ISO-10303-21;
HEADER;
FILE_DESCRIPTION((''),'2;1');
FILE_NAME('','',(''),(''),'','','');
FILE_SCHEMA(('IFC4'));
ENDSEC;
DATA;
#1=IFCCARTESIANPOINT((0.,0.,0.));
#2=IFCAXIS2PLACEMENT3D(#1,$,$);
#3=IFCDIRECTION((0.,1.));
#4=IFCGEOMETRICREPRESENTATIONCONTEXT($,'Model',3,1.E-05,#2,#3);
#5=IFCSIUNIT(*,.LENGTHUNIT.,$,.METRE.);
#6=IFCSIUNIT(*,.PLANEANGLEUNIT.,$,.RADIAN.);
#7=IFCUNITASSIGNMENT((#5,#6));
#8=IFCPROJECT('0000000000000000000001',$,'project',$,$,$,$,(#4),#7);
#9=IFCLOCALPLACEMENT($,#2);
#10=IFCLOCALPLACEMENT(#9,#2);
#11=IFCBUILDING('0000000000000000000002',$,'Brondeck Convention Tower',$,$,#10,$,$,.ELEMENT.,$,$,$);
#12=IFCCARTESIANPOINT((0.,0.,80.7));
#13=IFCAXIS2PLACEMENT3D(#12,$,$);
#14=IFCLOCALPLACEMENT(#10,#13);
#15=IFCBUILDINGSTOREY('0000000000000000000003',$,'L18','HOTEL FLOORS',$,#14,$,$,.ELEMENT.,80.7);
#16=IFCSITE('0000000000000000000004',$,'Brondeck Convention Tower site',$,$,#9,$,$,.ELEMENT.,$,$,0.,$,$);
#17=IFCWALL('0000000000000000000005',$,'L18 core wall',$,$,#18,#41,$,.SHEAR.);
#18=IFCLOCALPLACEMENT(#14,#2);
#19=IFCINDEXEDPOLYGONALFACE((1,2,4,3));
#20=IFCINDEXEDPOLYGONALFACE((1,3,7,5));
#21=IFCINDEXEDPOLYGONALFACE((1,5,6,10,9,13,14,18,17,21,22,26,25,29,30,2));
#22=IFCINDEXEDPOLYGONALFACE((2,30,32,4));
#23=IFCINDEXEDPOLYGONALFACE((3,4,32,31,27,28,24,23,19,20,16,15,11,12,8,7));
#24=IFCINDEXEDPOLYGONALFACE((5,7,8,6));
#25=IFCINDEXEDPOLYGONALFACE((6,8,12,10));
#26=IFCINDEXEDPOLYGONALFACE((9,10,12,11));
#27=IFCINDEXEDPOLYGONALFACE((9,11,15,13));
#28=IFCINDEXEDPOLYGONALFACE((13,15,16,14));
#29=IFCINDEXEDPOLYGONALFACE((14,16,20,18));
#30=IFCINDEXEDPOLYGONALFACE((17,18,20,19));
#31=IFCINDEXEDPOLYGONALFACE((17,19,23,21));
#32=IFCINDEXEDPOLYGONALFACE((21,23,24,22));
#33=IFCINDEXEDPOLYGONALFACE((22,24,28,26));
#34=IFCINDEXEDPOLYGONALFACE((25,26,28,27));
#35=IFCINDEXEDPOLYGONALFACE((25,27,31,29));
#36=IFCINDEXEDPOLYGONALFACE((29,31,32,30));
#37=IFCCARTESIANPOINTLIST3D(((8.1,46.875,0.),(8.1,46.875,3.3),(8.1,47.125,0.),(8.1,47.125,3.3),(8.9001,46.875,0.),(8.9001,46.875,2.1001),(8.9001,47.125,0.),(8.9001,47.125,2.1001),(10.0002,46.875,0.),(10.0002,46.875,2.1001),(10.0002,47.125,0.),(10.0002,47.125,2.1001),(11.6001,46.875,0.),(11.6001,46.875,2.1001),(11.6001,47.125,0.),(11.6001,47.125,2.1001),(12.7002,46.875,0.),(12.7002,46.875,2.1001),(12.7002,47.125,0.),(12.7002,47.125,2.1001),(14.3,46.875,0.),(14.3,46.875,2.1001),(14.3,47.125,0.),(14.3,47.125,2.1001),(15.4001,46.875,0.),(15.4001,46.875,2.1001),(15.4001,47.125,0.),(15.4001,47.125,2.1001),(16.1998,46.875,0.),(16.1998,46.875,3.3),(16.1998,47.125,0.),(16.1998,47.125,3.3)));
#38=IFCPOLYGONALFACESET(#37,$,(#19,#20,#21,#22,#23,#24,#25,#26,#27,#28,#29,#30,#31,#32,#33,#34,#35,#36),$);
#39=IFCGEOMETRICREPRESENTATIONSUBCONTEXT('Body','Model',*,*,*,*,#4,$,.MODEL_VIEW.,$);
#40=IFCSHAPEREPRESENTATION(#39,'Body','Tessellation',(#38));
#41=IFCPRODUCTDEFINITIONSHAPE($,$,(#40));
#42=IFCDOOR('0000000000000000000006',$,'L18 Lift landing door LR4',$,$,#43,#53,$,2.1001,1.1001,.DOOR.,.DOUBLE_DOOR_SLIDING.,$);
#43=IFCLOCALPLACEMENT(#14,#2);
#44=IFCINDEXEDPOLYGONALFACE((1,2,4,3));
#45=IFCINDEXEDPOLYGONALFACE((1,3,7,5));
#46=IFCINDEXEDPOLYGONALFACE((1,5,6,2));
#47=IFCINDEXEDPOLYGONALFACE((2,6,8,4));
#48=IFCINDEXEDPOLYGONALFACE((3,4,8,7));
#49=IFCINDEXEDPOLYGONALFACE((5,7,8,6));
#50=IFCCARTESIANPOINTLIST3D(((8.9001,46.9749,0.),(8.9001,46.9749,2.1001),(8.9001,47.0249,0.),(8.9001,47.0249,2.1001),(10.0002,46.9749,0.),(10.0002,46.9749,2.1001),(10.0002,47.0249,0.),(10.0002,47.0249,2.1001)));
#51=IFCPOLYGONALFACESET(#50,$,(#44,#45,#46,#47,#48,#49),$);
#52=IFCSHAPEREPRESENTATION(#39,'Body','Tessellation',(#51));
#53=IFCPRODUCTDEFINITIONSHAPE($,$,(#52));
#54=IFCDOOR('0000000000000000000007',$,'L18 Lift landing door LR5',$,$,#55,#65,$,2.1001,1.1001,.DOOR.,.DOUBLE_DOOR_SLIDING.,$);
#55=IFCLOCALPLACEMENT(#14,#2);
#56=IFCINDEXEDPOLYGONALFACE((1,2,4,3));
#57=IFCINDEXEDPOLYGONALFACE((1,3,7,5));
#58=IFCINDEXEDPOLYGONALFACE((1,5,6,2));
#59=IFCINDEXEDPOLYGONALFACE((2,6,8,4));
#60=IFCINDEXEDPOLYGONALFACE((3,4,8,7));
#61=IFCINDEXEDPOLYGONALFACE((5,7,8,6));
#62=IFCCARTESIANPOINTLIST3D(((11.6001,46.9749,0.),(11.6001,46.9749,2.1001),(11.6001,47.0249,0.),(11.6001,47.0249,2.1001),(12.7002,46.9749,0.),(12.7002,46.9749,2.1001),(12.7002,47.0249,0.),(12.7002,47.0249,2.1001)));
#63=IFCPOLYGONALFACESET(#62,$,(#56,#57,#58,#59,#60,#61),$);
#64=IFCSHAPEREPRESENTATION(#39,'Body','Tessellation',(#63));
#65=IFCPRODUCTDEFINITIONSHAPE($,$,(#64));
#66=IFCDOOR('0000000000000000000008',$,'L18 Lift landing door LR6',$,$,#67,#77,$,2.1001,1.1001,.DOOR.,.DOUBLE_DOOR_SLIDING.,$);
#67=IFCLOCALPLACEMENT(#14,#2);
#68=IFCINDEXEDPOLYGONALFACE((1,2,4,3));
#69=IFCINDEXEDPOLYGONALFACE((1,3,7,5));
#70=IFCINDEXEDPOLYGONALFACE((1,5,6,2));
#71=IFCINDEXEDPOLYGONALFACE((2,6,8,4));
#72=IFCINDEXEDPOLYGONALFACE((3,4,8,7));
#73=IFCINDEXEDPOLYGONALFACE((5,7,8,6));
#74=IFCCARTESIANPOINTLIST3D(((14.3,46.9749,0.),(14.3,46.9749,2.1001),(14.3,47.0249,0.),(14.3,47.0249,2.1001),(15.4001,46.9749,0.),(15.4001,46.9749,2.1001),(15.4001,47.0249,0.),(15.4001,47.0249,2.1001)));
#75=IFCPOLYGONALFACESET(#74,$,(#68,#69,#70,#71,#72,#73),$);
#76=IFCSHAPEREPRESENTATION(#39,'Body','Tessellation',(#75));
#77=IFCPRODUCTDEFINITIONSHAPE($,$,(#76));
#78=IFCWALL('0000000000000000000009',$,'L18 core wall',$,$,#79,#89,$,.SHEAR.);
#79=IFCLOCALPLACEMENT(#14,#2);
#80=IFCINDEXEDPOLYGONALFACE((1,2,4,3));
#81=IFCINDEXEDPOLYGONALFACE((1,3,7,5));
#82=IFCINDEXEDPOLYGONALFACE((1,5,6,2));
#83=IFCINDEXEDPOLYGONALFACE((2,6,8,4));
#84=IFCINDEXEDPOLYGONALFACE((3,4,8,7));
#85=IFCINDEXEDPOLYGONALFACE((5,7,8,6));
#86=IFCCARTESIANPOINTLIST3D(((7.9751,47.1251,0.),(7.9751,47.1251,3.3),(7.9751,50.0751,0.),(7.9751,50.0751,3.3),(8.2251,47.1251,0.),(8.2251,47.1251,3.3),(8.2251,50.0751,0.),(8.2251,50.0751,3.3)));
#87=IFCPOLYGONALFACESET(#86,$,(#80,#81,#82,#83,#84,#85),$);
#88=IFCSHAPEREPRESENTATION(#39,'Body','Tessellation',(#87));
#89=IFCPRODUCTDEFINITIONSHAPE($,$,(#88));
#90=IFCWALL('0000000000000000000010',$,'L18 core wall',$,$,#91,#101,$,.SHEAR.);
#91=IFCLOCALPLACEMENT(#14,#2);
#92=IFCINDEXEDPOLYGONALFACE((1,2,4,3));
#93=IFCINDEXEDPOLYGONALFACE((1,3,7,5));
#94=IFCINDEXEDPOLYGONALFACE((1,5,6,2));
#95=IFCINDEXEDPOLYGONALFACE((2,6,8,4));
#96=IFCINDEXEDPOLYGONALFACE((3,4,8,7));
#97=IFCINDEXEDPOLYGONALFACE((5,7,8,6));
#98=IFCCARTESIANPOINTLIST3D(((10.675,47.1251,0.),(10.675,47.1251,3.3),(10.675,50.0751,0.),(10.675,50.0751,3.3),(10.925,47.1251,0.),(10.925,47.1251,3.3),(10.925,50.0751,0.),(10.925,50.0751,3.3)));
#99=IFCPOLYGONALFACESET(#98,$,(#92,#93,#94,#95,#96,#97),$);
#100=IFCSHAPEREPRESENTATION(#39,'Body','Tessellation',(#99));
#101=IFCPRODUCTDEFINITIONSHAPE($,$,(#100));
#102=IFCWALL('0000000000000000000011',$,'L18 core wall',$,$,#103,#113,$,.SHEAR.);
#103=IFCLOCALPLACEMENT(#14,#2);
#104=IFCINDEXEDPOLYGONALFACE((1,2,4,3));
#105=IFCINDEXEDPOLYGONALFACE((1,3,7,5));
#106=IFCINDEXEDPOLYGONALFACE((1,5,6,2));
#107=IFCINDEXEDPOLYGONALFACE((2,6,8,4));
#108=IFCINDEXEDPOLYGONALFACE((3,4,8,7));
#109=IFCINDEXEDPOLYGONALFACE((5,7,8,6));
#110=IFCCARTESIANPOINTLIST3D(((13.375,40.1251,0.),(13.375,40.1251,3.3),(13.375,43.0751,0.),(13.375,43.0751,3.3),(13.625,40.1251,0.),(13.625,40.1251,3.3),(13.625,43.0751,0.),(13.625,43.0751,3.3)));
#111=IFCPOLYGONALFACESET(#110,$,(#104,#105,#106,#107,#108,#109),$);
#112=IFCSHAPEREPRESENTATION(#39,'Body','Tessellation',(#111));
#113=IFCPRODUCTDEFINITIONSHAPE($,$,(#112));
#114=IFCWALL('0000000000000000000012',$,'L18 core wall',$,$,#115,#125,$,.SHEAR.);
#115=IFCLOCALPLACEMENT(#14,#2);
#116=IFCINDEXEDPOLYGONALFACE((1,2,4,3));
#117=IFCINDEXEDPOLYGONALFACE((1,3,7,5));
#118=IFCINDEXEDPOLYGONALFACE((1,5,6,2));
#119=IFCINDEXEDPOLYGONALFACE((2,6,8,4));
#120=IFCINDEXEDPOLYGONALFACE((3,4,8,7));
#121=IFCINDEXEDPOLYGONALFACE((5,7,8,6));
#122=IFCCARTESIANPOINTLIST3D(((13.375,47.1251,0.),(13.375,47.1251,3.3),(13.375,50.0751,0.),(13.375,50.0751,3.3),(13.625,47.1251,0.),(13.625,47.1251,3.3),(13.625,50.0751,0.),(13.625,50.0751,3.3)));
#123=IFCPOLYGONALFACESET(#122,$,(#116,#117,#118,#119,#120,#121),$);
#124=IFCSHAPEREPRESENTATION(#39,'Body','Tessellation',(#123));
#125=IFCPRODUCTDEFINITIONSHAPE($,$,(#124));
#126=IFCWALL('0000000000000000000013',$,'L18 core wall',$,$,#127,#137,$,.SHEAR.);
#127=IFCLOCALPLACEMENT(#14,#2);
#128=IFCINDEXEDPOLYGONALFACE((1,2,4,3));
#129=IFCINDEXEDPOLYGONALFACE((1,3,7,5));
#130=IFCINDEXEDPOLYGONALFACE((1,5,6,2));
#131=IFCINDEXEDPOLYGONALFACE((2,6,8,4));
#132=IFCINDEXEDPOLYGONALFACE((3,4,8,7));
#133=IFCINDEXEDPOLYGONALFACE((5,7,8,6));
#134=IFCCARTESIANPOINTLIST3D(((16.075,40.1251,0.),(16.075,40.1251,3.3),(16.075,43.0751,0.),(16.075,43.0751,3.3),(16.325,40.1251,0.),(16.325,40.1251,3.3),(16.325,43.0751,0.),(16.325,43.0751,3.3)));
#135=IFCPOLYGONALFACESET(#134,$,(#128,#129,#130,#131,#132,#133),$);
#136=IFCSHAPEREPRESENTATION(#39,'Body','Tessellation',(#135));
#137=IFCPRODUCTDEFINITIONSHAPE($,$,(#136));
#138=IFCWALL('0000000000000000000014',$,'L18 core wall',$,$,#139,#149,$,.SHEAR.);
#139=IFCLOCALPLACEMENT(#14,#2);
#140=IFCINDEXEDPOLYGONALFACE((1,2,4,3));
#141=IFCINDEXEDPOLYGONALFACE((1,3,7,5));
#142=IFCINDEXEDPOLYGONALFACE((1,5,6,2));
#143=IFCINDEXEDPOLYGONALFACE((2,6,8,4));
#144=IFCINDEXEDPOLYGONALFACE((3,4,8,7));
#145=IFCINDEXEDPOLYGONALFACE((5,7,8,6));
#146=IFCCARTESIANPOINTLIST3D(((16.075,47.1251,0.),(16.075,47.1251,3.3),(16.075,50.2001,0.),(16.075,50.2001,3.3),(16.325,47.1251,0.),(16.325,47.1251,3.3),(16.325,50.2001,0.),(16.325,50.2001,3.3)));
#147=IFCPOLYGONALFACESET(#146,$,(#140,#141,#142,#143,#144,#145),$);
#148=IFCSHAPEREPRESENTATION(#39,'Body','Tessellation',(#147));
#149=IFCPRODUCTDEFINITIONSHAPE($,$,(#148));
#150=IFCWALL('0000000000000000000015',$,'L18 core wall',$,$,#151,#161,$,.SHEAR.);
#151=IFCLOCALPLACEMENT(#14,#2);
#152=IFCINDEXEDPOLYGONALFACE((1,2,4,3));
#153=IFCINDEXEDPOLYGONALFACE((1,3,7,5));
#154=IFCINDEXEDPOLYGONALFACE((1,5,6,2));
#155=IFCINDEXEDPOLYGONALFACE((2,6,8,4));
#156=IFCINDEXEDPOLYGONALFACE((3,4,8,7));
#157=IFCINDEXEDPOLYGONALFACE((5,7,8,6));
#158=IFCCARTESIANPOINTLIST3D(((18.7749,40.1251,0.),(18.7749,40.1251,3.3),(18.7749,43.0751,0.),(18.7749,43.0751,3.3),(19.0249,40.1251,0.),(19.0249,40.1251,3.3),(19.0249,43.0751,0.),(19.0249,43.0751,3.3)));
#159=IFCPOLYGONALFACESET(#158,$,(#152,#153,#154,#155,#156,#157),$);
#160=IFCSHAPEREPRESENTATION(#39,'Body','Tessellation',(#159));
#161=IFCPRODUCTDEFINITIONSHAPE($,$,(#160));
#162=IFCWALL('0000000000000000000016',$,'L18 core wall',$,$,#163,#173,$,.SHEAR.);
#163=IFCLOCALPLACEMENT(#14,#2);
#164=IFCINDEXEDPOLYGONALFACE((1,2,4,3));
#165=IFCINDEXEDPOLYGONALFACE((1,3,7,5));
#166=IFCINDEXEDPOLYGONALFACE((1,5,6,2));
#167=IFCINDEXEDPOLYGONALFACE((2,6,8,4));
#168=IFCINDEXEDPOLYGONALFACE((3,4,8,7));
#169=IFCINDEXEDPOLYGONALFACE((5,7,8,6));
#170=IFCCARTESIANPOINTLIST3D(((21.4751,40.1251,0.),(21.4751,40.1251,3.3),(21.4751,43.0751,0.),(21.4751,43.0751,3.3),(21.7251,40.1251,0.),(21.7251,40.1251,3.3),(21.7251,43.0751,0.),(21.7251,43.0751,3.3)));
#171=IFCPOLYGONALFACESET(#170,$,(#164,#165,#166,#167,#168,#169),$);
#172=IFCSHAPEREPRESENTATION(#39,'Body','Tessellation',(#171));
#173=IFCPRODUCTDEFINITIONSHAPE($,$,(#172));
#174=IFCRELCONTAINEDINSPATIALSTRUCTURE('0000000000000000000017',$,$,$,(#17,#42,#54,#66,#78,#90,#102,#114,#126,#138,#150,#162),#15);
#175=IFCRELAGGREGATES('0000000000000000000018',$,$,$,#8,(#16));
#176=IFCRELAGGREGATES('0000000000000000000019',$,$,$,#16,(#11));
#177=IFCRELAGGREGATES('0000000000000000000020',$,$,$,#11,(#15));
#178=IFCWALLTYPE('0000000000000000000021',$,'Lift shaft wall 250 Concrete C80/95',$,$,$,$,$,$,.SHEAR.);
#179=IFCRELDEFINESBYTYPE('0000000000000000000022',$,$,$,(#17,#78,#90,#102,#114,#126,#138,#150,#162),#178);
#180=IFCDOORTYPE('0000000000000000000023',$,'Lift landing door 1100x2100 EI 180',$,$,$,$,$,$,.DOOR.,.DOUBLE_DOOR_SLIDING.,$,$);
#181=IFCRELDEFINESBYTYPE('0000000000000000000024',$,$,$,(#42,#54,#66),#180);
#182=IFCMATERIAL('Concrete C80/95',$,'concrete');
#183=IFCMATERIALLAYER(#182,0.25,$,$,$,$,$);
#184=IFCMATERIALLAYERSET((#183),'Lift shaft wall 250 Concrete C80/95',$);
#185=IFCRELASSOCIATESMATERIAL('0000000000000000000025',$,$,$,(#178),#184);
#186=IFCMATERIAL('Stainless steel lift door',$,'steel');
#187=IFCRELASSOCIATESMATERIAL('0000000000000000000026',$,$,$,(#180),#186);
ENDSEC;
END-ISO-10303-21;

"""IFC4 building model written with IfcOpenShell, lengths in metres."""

from ifc_helpers import new_model, si_unit, direction, frame, frame_2d, origin, place, context, subcontext, project, spatial, rectangle, extrude, material, layer, layer_set, type_object, element, fill, save


model = new_model("IFC4")

# Units and contexts
model_context = context("Model", 3, precision=1e-05, world=origin(), true_north=direction((0.0, 1.0)))
body_context = subcontext(model_context, "Body", "Model", "MODEL_VIEW")
ifc_project = project(units=[si_unit("LENGTHUNIT", "METRE"), si_unit("PLANEANGLEUNIT", "RADIAN")], contexts=[model_context])

# Site, building, storey
site_placement = place(None, origin())
site = spatial("IfcSite", under=ifc_project, at=site_placement, Name="Brondeck Convention Tower site", CompositionType="ELEMENT", RefElevation=0.0)
building_placement = place(site_placement, origin())
building = spatial("IfcBuilding", under=site, at=building_placement, Name="Brondeck Convention Tower", CompositionType="ELEMENT")
storey_placement = place(building_placement, frame((0.0, 0.0, 80.7)))
storey = spatial("IfcBuildingStorey", under=building, at=storey_placement, Name="L18", Description="HOTEL FLOORS", CompositionType="ELEMENT", Elevation=80.7)

# Shared definitions
ifc_material_1 = material(Name="Concrete C80/95", Category="concrete")

# Wall, openings, doors
ifc_layer_1 = layer(ifc_material_1, 0.25)
ifc_layer_set_1 = layer_set([ifc_layer_1], Name="Lift shaft wall 250 Concrete C80/95")
wall_type_1 = type_object("IfcWallType", Name="Lift shaft wall 250 Concrete C80/95", PredefinedType="SHEAR", material=ifc_layer_set_1)
ifc_material_2 = material(Name="Stainless steel lift door", Category="steel")
door_type_1 = type_object("IfcDoorType", Name="Lift landing door 1100x2100 EI 180", OperationType="DOUBLE_DOOR_SLIDING", PredefinedType="DOOR", material=ifc_material_2)
wall_1_placement = place(storey_placement, frame((8.1001, 47.0, 0.0), z_axis=(0.0, 0.0, 1.0), x_axis=(1.0, 0.0, 0.0)))
wall_1 = element("IfcWall", 1, at=wall_1_placement, inside=storey, type_object=wall_type_1, Name="L18 core wall", PredefinedType="SHEAR", context=body_context, shape_type="SweptSolid", body=[
    extrude(rectangle(XDim=8.0999, YDim=0.25, at=frame_2d((4.0498, 0.0))), origin(), (0.0, 0.0, 1.0), 3.3),
])
opening_1_placement = place(wall_1_placement, frame((0.8, 0.0, 0.0)))
opening_1 = element("IfcOpeningElement", 2, at=opening_1_placement, cuts=wall_1, PredefinedType="OPENING", context=body_context, shape_type="SweptSolid", body=[
    extrude(rectangle(XDim=1.1001, YDim=2.1001, at=frame_2d((0.55, 1.05))), frame((0.0, 0.135, 0.0), z_axis=(0.0, -1.0, 0.0), x_axis=(1.0, 0.0, 0.0)), (0.0, 0.0, 1.0), 0.27),
])
opening_2_placement = place(wall_1_placement, frame((3.5, 0.0, 0.0)))
opening_2 = element("IfcOpeningElement", 3, at=opening_2_placement, cuts=wall_1, PredefinedType="OPENING", context=body_context, shape_type="SweptSolid", body=[
    extrude(rectangle(XDim=1.1001, YDim=2.1001, at=frame_2d((0.55, 1.05))), frame((0.0, 0.135, 0.0), z_axis=(0.0, -1.0, 0.0), x_axis=(1.0, 0.0, 0.0)), (0.0, 0.0, 1.0), 0.27),
])
opening_3_placement = place(wall_1_placement, frame((6.2, 0.0, 0.0)))
opening_3 = element("IfcOpeningElement", 4, at=opening_3_placement, cuts=wall_1, PredefinedType="OPENING", context=body_context, shape_type="SweptSolid", body=[
    extrude(rectangle(XDim=1.1001, YDim=2.1001, at=frame_2d((0.55, 1.05))), frame((0.0, 0.135, 0.0), z_axis=(0.0, -1.0, 0.0), x_axis=(1.0, 0.0, 0.0)), (0.0, 0.0, 1.0), 0.27),
])
door_1_placement = place(opening_1_placement, origin())
door_1 = element("IfcDoor", 5, at=door_1_placement, inside=storey, type_object=door_type_1, Name="L18 Lift landing door LR4", OperationType="DOUBLE_DOOR_SLIDING", OverallHeight=2.1001, OverallWidth=1.1001, PredefinedType="DOOR", context=body_context, shape_type="SweptSolid", body=[
    extrude(rectangle(XDim=1.1001, YDim=2.1001, at=frame_2d((0.55, 1.05))), frame((0.0, 0.0249, 0.0), z_axis=(0.0, -1.0, 0.0), x_axis=(1.0, 0.0, 0.0)), (0.0, 0.0, 1.0), 0.05),
])
fill(opening_1, door_1)
door_2_placement = place(opening_2_placement, origin())
door_2 = element("IfcDoor", 6, at=door_2_placement, inside=storey, type_object=door_type_1, Name="L18 Lift landing door LR5", OperationType="DOUBLE_DOOR_SLIDING", OverallHeight=2.1001, OverallWidth=1.1001, PredefinedType="DOOR", context=body_context, shape_type="SweptSolid", body=[
    extrude(rectangle(XDim=1.1001, YDim=2.1001, at=frame_2d((0.55, 1.05))), frame((0.0, 0.0249, 0.0), z_axis=(0.0, -1.0, 0.0), x_axis=(1.0, 0.0, 0.0)), (0.0, 0.0, 1.0), 0.05),
])
fill(opening_2, door_2)
door_3_placement = place(opening_3_placement, origin())
door_3 = element("IfcDoor", 7, at=door_3_placement, inside=storey, type_object=door_type_1, Name="L18 Lift landing door LR6", OperationType="DOUBLE_DOOR_SLIDING", OverallHeight=2.1001, OverallWidth=1.1001, PredefinedType="DOOR", context=body_context, shape_type="SweptSolid", body=[
    extrude(rectangle(XDim=1.1001, YDim=2.1001, at=frame_2d((0.55, 1.05))), frame((0.0, 0.0249, 0.0), z_axis=(0.0, -1.0, 0.0), x_axis=(1.0, 0.0, 0.0)), (0.0, 0.0, 1.0), 0.05),
])
fill(opening_3, door_3)

# Walls
for number, where, z_axis, x_axis, name in (
    (8, (8.1001, 47.125, 0.0), (0.0, 0.0, 1.0), (0.0, 1.0, 0.0), "L18 core wall"),
    (9, (10.8, 47.125, 0.0), (0.0, 0.0, 1.0), (0.0, 1.0, 0.0), "L18 core wall"),
    (10, (13.5, 40.125, 0.0), (0.0, 0.0, 1.0), (0.0, 1.0, 0.0), "L18 core wall"),
    (11, (13.5, 47.125, 0.0), (0.0, 0.0, 1.0), (0.0, 1.0, 0.0), "L18 core wall"),
    (12, (16.2, 40.125, 0.0), (0.0, 0.0, 1.0), (0.0, 1.0, 0.0), "L18 core wall"),
):
    element("IfcWall", number, at=place(storey_placement, frame(where, z_axis=z_axis, x_axis=x_axis)), inside=storey, type_object=wall_type_1, Name=name, PredefinedType="SHEAR", context=body_context, shape_type="SweptSolid", body=[
        extrude(rectangle(XDim=2.95, YDim=0.25, at=frame_2d((1.4751, 0.0))), origin(), (0.0, 0.0, 1.0), 3.3),
    ])
wall_2_placement = place(storey_placement, frame((16.2, 47.125, 0.0), z_axis=(0.0, 0.0, 1.0), x_axis=(0.0, 1.0, 0.0)))
element("IfcWall", 13, at=wall_2_placement, inside=storey, type_object=wall_type_1, Name="L18 core wall", PredefinedType="SHEAR", context=body_context, shape_type="SweptSolid", body=[
    extrude(rectangle(XDim=3.075, YDim=0.25, at=frame_2d((1.5376, 0.0))), origin(), (0.0, 0.0, 1.0), 3.3),
])
for number, where, z_axis, x_axis, name in (
    (14, (18.8999, 40.125, 0.0), (0.0, 0.0, 1.0), (0.0, 1.0, 0.0), "L18 core wall"),
    (15, (21.6001, 40.125, 0.0), (0.0, 0.0, 1.0), (0.0, 1.0, 0.0), "L18 core wall"),
):
    element("IfcWall", number, at=place(storey_placement, frame(where, z_axis=z_axis, x_axis=x_axis)), inside=storey, type_object=wall_type_1, Name=name, PredefinedType="SHEAR", context=body_context, shape_type="SweptSolid", body=[
        extrude(rectangle(XDim=2.95, YDim=0.25, at=frame_2d((1.4751, 0.0))), origin(), (0.0, 0.0, 1.0), 3.3),
    ])

save(model, "model.ifc")
